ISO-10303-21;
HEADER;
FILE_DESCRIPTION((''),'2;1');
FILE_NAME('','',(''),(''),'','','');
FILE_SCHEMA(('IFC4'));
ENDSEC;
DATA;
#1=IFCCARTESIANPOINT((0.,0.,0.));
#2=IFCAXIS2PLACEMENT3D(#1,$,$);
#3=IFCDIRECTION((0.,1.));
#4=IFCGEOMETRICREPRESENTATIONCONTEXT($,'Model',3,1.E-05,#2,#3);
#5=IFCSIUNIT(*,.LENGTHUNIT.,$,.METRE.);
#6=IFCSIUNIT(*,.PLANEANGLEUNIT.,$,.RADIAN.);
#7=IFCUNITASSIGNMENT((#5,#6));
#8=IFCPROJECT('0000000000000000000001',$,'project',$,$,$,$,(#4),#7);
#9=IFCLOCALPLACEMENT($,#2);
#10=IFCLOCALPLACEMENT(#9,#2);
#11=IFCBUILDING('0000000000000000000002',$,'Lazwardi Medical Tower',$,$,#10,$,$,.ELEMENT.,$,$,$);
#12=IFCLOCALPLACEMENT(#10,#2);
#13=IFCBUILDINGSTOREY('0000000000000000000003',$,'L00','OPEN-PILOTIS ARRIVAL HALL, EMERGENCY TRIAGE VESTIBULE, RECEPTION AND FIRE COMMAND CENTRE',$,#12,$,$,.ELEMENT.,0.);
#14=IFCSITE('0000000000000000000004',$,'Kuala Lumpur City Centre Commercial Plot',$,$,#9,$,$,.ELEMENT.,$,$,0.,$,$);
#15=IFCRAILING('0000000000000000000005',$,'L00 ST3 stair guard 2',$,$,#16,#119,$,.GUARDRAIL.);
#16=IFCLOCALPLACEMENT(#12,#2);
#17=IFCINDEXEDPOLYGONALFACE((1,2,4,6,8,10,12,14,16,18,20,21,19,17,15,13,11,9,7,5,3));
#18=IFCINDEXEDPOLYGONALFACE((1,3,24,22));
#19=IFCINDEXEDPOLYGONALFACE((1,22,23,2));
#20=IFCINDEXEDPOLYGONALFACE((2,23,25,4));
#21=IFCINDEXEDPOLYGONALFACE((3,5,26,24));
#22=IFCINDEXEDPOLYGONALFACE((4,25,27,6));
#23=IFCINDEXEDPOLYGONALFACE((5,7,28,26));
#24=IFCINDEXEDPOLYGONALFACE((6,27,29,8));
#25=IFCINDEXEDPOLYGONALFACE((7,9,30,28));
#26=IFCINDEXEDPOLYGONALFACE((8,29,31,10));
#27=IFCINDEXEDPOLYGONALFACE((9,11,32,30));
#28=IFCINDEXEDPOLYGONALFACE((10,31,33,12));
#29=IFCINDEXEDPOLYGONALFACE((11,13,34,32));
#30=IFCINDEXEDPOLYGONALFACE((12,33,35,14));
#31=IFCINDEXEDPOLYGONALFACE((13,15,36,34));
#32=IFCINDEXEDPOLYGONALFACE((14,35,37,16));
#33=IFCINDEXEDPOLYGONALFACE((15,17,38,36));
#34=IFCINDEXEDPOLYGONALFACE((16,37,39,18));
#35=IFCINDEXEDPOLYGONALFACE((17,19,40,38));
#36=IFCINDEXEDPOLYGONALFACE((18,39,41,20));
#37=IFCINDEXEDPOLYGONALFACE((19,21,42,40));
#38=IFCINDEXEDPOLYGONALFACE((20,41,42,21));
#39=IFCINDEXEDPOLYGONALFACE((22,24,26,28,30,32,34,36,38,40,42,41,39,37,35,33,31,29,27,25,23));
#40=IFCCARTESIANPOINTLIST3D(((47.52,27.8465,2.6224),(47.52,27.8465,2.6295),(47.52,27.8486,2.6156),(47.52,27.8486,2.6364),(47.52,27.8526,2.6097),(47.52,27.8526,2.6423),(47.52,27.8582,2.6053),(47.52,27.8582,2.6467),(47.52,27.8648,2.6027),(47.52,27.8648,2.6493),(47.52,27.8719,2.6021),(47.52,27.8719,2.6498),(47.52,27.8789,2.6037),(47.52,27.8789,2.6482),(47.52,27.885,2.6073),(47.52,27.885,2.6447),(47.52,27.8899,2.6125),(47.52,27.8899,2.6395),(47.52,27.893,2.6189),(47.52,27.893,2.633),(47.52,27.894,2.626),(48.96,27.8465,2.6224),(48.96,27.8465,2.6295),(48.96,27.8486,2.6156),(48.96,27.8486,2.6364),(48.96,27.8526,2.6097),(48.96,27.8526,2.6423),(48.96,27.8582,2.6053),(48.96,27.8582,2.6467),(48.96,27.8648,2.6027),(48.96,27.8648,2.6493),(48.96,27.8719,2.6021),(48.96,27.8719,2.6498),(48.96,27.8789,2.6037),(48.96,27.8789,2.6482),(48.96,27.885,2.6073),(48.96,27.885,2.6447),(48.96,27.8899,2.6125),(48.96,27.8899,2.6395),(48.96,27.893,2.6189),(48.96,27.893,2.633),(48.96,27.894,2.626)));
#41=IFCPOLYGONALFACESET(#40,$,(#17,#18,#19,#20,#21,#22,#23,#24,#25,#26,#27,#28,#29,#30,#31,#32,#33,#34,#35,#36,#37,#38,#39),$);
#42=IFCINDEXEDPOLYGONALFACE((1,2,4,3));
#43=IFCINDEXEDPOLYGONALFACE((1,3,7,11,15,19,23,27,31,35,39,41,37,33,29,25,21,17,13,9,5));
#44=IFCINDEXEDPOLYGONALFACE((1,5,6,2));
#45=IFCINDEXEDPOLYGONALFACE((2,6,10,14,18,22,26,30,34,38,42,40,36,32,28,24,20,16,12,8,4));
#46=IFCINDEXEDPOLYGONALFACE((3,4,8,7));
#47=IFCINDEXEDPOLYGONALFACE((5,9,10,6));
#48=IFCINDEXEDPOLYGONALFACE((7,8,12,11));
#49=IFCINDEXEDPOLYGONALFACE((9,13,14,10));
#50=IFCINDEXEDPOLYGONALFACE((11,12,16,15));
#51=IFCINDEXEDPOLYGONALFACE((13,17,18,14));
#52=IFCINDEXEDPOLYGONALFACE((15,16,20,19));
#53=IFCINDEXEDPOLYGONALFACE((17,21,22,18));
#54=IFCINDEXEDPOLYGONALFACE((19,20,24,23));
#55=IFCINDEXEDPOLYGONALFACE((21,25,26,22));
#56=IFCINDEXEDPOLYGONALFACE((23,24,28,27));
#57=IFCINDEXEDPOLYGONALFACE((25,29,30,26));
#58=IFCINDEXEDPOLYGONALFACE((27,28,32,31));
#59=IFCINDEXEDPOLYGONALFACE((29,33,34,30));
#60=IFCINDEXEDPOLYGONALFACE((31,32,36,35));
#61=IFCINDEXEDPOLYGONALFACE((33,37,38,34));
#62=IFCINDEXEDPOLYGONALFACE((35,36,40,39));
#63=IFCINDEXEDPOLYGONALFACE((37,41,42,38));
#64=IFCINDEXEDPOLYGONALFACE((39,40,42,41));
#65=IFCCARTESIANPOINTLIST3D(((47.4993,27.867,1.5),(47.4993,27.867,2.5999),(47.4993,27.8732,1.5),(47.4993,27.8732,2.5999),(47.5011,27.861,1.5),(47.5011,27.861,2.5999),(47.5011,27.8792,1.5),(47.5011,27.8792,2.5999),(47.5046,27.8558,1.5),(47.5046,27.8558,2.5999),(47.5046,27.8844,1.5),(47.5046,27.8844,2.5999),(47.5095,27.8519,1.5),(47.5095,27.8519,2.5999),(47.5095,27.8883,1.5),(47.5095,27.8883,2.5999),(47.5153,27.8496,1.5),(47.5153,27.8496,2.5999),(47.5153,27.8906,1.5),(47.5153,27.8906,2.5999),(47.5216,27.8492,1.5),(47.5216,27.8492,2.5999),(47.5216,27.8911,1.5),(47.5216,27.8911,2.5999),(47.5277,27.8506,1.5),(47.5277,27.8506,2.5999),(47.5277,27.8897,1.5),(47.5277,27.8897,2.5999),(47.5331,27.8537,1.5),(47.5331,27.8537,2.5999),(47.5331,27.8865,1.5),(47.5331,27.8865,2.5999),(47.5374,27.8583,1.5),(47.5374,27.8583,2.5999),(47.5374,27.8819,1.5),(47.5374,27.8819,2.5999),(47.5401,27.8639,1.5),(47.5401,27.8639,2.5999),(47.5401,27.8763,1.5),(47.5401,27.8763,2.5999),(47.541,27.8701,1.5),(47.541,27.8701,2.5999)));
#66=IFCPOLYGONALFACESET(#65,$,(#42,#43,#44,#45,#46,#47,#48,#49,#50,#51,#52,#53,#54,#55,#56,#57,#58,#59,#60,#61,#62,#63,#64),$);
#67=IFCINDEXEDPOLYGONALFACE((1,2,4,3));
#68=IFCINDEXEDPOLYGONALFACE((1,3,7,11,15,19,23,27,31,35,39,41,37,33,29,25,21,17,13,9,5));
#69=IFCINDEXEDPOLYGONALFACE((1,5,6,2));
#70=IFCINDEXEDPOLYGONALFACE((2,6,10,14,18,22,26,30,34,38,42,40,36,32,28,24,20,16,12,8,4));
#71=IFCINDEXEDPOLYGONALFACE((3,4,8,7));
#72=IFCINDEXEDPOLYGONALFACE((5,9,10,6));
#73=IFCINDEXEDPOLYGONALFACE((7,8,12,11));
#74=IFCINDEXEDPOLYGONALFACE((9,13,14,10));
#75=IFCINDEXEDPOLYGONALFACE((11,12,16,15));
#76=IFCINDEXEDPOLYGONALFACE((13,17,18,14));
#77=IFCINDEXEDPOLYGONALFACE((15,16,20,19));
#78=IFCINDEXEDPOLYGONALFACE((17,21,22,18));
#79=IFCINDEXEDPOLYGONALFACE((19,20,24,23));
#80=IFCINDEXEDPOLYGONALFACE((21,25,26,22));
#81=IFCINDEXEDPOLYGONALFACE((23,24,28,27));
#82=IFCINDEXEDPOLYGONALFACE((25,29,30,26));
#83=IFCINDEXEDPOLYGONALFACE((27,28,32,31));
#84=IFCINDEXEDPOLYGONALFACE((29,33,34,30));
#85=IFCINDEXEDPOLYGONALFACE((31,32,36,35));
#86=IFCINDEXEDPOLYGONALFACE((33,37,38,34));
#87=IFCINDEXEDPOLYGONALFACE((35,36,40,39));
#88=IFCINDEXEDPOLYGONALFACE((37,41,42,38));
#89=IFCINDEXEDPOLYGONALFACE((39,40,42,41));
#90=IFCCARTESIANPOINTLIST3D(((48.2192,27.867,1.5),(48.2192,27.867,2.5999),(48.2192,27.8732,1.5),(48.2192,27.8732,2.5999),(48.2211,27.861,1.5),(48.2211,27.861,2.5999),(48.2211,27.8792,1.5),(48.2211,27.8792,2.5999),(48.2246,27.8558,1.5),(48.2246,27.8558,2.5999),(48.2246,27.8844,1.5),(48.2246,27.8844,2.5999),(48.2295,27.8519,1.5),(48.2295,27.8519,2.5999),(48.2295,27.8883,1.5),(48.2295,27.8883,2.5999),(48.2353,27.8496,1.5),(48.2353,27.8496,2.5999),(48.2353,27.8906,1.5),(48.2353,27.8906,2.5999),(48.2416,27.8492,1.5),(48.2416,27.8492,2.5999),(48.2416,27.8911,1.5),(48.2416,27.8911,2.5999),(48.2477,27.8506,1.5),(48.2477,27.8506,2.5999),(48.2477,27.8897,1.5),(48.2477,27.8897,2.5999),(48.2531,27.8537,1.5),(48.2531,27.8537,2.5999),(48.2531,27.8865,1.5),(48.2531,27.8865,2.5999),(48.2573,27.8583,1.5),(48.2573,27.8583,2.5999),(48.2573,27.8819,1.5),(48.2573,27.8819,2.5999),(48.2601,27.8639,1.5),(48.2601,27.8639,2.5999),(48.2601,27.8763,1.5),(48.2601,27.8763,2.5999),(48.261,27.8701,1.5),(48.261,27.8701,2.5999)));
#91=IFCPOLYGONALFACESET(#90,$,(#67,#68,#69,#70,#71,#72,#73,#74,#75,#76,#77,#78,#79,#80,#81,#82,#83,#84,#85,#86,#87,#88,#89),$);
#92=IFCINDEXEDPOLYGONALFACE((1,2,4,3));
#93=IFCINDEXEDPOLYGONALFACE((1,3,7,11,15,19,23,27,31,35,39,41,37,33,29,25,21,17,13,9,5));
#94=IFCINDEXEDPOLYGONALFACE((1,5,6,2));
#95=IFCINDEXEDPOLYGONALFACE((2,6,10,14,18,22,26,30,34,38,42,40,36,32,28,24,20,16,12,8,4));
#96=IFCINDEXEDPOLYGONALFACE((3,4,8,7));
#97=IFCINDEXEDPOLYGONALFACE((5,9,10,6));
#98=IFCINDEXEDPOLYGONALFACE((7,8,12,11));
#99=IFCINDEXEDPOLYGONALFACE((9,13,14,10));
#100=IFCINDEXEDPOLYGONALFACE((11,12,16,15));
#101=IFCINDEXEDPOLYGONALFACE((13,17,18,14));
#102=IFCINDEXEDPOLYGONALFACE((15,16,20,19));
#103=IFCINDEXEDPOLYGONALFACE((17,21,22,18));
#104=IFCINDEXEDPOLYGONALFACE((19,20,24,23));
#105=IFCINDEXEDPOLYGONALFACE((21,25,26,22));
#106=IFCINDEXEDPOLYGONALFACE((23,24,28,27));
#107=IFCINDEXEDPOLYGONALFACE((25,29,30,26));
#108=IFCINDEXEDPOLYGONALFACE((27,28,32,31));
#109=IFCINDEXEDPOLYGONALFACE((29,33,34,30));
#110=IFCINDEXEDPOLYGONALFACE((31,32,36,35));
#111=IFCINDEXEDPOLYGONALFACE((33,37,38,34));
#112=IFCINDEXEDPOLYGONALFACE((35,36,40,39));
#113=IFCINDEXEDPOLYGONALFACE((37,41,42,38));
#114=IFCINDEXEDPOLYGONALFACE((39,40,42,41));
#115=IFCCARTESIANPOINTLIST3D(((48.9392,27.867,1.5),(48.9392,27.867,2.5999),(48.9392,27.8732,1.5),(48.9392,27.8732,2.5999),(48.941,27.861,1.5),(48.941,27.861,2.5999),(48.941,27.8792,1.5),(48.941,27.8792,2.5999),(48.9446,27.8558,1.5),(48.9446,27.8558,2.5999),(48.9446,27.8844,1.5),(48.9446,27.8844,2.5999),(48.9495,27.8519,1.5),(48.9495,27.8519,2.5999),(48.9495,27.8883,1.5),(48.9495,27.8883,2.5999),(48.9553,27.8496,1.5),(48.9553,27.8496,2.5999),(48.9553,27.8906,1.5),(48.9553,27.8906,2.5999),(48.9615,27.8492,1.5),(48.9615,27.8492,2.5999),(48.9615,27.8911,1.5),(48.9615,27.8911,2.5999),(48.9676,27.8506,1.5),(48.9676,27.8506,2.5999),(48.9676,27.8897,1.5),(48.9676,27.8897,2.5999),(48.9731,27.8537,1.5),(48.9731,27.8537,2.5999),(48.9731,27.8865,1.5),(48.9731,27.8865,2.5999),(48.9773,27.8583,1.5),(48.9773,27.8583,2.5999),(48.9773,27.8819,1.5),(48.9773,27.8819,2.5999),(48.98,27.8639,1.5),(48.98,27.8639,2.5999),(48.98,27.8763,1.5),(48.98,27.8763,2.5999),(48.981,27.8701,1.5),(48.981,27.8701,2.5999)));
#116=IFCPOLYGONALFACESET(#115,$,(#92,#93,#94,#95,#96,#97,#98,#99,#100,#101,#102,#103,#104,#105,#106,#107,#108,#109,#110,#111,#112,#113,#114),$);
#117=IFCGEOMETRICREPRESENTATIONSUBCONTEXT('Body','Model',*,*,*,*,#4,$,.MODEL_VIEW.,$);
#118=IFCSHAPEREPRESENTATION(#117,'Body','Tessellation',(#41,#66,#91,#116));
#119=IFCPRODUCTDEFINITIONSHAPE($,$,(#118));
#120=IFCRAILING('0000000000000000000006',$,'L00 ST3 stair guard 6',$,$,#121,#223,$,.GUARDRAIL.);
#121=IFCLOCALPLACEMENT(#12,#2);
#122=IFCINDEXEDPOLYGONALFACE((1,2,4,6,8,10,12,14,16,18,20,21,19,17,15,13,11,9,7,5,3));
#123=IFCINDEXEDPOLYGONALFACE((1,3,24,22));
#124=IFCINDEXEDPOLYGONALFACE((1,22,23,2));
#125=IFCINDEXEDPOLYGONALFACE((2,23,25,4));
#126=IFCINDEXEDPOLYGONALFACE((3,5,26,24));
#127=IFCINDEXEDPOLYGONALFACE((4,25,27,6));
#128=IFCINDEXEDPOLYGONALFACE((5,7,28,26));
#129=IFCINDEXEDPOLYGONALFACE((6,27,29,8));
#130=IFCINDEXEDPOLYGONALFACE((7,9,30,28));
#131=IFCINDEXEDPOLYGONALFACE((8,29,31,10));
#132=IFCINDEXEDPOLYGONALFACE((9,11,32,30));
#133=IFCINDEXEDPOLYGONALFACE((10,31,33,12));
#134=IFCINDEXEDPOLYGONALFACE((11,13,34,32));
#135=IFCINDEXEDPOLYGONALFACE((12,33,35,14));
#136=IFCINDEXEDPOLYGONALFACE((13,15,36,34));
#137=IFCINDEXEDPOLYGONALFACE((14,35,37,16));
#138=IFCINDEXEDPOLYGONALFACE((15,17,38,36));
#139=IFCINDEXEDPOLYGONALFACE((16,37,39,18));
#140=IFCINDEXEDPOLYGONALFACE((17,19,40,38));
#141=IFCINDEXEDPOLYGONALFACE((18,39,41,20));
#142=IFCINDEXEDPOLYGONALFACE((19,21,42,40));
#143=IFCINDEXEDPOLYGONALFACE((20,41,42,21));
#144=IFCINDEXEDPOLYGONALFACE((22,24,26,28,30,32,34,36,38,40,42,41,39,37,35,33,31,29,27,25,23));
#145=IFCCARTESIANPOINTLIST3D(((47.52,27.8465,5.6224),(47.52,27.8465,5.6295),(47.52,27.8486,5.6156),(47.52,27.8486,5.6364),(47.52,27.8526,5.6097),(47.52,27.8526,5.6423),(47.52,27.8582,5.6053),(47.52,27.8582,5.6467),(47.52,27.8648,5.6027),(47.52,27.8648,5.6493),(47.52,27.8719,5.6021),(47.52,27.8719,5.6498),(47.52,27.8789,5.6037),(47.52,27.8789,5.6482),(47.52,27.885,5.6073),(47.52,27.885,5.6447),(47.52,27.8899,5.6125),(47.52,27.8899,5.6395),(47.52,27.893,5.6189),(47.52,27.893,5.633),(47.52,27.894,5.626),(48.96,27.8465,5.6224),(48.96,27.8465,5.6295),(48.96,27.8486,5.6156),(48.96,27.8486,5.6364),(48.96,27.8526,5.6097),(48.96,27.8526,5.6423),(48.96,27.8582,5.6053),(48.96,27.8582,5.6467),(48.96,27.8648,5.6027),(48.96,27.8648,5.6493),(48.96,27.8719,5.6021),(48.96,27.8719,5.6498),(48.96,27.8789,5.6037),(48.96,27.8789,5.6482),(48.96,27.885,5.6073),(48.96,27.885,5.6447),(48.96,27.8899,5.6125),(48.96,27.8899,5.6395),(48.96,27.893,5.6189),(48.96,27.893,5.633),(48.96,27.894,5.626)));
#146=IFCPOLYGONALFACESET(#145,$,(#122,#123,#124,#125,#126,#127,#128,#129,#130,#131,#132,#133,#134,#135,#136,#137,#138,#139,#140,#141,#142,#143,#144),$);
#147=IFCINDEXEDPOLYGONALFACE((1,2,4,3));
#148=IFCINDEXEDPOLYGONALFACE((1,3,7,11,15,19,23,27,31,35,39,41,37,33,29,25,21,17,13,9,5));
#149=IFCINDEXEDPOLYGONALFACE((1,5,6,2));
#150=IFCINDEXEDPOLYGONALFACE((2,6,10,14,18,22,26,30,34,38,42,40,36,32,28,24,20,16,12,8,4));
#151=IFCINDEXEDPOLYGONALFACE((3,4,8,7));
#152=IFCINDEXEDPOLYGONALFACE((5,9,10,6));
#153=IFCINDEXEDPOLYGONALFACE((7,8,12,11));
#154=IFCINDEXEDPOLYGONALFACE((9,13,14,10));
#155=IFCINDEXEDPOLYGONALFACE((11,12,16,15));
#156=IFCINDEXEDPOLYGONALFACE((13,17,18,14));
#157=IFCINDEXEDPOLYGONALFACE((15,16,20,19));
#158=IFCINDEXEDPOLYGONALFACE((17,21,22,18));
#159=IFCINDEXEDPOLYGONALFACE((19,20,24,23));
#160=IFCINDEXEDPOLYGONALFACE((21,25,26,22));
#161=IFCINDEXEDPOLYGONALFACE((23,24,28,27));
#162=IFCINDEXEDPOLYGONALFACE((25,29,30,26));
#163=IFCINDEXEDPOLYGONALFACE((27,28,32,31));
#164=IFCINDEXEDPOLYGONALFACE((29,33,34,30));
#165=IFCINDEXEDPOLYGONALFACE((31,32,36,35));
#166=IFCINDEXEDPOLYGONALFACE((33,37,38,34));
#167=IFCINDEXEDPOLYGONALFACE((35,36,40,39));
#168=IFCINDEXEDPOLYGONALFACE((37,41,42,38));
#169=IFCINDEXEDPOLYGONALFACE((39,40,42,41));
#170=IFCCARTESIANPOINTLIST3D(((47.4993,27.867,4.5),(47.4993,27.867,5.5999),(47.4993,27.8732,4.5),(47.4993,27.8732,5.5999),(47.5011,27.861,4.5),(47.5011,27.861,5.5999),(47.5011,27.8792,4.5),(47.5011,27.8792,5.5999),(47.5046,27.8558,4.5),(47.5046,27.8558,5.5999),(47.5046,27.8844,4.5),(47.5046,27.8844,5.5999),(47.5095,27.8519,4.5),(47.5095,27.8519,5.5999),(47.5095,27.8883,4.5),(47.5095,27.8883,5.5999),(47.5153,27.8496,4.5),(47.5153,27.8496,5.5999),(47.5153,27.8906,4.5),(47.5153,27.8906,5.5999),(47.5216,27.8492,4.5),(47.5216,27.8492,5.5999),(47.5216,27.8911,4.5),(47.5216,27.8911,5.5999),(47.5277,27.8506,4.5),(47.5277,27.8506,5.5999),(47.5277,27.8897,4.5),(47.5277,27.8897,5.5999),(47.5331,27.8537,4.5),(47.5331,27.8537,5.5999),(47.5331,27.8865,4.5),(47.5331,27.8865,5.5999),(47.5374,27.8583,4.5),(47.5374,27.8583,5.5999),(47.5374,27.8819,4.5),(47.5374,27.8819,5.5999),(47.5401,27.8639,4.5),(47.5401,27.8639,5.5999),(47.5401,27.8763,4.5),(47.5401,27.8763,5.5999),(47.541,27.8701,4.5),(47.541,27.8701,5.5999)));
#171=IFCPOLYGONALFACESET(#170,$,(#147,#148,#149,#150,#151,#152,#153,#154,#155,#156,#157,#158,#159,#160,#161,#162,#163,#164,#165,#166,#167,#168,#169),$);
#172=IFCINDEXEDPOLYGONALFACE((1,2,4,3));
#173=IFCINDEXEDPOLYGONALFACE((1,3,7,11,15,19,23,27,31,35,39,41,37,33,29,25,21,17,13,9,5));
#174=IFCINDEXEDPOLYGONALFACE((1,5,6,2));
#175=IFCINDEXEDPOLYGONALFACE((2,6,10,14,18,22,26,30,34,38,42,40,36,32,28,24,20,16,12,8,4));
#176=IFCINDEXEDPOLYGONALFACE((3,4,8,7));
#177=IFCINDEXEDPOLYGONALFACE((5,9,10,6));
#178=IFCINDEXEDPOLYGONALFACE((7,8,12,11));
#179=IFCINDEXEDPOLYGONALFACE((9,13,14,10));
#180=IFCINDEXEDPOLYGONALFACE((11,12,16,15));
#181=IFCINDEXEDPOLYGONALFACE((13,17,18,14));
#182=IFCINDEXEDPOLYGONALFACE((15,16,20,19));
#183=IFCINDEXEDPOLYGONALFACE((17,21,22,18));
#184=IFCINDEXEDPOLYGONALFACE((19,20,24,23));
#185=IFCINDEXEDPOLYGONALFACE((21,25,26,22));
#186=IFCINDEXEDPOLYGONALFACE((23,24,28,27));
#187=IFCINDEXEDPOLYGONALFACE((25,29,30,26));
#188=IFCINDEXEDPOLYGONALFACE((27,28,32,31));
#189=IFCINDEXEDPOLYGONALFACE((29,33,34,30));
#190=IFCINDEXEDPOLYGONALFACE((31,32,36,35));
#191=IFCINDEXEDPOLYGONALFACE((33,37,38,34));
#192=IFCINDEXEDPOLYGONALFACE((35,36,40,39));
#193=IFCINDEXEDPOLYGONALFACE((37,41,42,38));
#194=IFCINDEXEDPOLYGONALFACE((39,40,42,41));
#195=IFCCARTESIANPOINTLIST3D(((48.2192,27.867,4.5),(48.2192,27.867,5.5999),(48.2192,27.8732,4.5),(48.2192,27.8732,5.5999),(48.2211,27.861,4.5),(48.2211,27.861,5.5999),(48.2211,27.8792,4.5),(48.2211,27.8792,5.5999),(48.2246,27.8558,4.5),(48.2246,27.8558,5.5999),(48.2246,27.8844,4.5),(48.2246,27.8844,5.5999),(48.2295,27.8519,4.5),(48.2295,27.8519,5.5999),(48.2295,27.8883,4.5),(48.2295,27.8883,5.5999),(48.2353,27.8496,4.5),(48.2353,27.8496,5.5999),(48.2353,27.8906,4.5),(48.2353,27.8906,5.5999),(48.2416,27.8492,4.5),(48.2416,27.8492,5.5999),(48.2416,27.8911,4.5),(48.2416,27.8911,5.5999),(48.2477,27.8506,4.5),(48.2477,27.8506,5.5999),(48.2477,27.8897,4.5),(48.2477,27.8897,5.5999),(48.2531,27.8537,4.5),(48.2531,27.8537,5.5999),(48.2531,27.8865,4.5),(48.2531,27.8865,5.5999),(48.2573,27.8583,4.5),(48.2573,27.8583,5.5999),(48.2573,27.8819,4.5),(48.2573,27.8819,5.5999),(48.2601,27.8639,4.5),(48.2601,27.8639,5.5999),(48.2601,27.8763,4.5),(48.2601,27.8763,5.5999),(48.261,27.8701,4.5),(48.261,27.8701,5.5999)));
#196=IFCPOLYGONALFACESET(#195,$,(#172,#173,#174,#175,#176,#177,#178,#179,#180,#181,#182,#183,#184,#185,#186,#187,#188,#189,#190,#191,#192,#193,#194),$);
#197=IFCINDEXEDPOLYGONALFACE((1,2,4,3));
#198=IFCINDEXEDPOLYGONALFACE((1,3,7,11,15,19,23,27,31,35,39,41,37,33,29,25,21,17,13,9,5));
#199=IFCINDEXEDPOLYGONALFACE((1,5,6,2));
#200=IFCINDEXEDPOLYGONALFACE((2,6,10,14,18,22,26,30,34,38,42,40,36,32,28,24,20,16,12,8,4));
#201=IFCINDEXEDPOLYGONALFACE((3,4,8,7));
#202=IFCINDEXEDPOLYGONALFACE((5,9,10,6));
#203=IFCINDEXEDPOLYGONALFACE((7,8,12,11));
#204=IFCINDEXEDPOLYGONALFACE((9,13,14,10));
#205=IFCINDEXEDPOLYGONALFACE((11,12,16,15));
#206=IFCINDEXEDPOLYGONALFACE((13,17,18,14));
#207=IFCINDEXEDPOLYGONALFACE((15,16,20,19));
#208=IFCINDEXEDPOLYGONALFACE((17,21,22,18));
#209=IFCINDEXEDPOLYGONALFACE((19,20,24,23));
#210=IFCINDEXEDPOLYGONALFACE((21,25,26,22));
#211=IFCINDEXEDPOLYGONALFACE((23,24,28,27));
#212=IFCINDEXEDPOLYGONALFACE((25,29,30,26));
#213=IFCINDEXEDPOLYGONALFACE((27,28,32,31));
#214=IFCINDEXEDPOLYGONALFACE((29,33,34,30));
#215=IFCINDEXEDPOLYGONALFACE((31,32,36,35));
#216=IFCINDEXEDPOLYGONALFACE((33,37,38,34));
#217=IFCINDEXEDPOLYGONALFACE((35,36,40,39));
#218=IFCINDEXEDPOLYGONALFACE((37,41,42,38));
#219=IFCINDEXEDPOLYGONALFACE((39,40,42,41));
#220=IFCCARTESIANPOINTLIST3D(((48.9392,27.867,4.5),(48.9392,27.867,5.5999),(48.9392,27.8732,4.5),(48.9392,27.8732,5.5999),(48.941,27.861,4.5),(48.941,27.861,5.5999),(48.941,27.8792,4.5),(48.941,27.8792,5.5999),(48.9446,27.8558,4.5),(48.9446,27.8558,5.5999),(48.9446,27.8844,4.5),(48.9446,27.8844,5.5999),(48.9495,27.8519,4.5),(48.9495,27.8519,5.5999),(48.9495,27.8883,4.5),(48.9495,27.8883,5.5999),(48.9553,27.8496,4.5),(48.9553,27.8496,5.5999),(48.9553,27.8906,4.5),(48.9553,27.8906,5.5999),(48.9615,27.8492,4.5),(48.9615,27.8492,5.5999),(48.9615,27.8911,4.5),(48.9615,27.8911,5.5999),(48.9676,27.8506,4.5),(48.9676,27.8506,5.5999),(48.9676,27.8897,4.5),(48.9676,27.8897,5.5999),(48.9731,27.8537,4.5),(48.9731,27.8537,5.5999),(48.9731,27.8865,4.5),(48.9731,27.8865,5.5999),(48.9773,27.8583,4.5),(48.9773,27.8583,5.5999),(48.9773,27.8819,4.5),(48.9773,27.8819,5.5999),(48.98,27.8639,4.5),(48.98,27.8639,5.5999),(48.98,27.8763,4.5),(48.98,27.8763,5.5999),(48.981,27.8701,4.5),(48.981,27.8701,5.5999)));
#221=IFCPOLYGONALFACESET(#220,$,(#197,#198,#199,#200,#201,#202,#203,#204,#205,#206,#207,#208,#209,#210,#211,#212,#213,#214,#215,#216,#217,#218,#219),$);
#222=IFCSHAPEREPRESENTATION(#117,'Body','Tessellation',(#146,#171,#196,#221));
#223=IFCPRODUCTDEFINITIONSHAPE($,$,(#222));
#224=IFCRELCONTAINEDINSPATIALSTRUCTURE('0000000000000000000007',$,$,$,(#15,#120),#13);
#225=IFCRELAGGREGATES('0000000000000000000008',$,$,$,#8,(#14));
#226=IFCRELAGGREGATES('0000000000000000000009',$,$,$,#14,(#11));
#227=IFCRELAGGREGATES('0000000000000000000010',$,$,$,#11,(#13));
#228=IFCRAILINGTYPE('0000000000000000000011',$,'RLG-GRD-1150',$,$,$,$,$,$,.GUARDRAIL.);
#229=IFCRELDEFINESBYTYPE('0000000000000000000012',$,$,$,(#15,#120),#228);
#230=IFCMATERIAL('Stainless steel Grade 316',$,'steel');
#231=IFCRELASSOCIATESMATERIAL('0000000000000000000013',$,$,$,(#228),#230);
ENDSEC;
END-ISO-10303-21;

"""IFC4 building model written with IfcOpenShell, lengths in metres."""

from ifc_helpers import new_model, si_unit, direction, frame, origin, origin_2d, place, context, subcontext, project, spatial, circle, extrude, material, type_object, element, save


model = new_model("IFC4")

# Units and contexts
model_context = context("Model", 3, precision=1e-05, world=origin(), true_north=direction((0.0, 1.0)))
body_context = subcontext(model_context, "Body", "Model", "MODEL_VIEW")
ifc_project = project(units=[si_unit("LENGTHUNIT", "METRE"), si_unit("PLANEANGLEUNIT", "RADIAN")], contexts=[model_context])

# Site, building, storey
site_placement = place(None, origin())
site = spatial("IfcSite", under=ifc_project, at=site_placement, Name="Kuala Lumpur City Centre Commercial Plot", CompositionType="ELEMENT", RefElevation=0.0)
building_placement = place(site_placement, origin())
building = spatial("IfcBuilding", under=site, at=building_placement, Name="Lazwardi Medical Tower", CompositionType="ELEMENT")
storey_placement = place(building_placement, origin())
storey = spatial("IfcBuildingStorey", under=building, at=storey_placement, Name="L00", Description="OPEN-PILOTIS ARRIVAL HALL, EMERGENCY TRIAGE VESTIBULE, RECEPTION AND FIRE COMMAND CENTRE", CompositionType="ELEMENT", Elevation=0.0)

# Railings
ifc_material_1 = material(Name="Stainless steel Grade 316", Category="steel")
railing_type_1 = type_object("IfcRailingType", Name="RLG-GRD-1150", PredefinedType="GUARDRAIL", material=ifc_material_1)
for number, where, name in (
    (1, (47.52, 27.8701, 1.5), "L00 ST3 stair guard 2"),
    (2, (47.52, 27.8701, 4.5), "L00 ST3 stair guard 6"),
):
    element("IfcRailing", number, at=place(storey_placement, frame(where)), inside=storey, type_object=railing_type_1, Name=name, PredefinedType="GUARDRAIL", context=body_context, shape_type="SweptSolid", body=[
        extrude(circle(Radius=0.0239, at=origin_2d()), frame((0.0, 0.0, 1.126), z_axis=(1.0, 0.0, 0.0), x_axis=(0.0, 1.0, 0.0)), (0.0, 0.0, 1.0), 1.4399),
        extrude(circle(Radius=0.021, at=origin_2d()), origin(), (0.0, 0.0, 1.0), 1.0999),
        extrude(circle(Radius=0.021, at=origin_2d()), frame((0.72, 0.0, 0.0)), (0.0, 0.0, 1.0), 1.0999),
        extrude(circle(Radius=0.021, at=origin_2d()), frame((1.4399, 0.0, 0.0)), (0.0, 0.0, 1.0), 1.0999),
    ])

save(model, "model.ifc")
